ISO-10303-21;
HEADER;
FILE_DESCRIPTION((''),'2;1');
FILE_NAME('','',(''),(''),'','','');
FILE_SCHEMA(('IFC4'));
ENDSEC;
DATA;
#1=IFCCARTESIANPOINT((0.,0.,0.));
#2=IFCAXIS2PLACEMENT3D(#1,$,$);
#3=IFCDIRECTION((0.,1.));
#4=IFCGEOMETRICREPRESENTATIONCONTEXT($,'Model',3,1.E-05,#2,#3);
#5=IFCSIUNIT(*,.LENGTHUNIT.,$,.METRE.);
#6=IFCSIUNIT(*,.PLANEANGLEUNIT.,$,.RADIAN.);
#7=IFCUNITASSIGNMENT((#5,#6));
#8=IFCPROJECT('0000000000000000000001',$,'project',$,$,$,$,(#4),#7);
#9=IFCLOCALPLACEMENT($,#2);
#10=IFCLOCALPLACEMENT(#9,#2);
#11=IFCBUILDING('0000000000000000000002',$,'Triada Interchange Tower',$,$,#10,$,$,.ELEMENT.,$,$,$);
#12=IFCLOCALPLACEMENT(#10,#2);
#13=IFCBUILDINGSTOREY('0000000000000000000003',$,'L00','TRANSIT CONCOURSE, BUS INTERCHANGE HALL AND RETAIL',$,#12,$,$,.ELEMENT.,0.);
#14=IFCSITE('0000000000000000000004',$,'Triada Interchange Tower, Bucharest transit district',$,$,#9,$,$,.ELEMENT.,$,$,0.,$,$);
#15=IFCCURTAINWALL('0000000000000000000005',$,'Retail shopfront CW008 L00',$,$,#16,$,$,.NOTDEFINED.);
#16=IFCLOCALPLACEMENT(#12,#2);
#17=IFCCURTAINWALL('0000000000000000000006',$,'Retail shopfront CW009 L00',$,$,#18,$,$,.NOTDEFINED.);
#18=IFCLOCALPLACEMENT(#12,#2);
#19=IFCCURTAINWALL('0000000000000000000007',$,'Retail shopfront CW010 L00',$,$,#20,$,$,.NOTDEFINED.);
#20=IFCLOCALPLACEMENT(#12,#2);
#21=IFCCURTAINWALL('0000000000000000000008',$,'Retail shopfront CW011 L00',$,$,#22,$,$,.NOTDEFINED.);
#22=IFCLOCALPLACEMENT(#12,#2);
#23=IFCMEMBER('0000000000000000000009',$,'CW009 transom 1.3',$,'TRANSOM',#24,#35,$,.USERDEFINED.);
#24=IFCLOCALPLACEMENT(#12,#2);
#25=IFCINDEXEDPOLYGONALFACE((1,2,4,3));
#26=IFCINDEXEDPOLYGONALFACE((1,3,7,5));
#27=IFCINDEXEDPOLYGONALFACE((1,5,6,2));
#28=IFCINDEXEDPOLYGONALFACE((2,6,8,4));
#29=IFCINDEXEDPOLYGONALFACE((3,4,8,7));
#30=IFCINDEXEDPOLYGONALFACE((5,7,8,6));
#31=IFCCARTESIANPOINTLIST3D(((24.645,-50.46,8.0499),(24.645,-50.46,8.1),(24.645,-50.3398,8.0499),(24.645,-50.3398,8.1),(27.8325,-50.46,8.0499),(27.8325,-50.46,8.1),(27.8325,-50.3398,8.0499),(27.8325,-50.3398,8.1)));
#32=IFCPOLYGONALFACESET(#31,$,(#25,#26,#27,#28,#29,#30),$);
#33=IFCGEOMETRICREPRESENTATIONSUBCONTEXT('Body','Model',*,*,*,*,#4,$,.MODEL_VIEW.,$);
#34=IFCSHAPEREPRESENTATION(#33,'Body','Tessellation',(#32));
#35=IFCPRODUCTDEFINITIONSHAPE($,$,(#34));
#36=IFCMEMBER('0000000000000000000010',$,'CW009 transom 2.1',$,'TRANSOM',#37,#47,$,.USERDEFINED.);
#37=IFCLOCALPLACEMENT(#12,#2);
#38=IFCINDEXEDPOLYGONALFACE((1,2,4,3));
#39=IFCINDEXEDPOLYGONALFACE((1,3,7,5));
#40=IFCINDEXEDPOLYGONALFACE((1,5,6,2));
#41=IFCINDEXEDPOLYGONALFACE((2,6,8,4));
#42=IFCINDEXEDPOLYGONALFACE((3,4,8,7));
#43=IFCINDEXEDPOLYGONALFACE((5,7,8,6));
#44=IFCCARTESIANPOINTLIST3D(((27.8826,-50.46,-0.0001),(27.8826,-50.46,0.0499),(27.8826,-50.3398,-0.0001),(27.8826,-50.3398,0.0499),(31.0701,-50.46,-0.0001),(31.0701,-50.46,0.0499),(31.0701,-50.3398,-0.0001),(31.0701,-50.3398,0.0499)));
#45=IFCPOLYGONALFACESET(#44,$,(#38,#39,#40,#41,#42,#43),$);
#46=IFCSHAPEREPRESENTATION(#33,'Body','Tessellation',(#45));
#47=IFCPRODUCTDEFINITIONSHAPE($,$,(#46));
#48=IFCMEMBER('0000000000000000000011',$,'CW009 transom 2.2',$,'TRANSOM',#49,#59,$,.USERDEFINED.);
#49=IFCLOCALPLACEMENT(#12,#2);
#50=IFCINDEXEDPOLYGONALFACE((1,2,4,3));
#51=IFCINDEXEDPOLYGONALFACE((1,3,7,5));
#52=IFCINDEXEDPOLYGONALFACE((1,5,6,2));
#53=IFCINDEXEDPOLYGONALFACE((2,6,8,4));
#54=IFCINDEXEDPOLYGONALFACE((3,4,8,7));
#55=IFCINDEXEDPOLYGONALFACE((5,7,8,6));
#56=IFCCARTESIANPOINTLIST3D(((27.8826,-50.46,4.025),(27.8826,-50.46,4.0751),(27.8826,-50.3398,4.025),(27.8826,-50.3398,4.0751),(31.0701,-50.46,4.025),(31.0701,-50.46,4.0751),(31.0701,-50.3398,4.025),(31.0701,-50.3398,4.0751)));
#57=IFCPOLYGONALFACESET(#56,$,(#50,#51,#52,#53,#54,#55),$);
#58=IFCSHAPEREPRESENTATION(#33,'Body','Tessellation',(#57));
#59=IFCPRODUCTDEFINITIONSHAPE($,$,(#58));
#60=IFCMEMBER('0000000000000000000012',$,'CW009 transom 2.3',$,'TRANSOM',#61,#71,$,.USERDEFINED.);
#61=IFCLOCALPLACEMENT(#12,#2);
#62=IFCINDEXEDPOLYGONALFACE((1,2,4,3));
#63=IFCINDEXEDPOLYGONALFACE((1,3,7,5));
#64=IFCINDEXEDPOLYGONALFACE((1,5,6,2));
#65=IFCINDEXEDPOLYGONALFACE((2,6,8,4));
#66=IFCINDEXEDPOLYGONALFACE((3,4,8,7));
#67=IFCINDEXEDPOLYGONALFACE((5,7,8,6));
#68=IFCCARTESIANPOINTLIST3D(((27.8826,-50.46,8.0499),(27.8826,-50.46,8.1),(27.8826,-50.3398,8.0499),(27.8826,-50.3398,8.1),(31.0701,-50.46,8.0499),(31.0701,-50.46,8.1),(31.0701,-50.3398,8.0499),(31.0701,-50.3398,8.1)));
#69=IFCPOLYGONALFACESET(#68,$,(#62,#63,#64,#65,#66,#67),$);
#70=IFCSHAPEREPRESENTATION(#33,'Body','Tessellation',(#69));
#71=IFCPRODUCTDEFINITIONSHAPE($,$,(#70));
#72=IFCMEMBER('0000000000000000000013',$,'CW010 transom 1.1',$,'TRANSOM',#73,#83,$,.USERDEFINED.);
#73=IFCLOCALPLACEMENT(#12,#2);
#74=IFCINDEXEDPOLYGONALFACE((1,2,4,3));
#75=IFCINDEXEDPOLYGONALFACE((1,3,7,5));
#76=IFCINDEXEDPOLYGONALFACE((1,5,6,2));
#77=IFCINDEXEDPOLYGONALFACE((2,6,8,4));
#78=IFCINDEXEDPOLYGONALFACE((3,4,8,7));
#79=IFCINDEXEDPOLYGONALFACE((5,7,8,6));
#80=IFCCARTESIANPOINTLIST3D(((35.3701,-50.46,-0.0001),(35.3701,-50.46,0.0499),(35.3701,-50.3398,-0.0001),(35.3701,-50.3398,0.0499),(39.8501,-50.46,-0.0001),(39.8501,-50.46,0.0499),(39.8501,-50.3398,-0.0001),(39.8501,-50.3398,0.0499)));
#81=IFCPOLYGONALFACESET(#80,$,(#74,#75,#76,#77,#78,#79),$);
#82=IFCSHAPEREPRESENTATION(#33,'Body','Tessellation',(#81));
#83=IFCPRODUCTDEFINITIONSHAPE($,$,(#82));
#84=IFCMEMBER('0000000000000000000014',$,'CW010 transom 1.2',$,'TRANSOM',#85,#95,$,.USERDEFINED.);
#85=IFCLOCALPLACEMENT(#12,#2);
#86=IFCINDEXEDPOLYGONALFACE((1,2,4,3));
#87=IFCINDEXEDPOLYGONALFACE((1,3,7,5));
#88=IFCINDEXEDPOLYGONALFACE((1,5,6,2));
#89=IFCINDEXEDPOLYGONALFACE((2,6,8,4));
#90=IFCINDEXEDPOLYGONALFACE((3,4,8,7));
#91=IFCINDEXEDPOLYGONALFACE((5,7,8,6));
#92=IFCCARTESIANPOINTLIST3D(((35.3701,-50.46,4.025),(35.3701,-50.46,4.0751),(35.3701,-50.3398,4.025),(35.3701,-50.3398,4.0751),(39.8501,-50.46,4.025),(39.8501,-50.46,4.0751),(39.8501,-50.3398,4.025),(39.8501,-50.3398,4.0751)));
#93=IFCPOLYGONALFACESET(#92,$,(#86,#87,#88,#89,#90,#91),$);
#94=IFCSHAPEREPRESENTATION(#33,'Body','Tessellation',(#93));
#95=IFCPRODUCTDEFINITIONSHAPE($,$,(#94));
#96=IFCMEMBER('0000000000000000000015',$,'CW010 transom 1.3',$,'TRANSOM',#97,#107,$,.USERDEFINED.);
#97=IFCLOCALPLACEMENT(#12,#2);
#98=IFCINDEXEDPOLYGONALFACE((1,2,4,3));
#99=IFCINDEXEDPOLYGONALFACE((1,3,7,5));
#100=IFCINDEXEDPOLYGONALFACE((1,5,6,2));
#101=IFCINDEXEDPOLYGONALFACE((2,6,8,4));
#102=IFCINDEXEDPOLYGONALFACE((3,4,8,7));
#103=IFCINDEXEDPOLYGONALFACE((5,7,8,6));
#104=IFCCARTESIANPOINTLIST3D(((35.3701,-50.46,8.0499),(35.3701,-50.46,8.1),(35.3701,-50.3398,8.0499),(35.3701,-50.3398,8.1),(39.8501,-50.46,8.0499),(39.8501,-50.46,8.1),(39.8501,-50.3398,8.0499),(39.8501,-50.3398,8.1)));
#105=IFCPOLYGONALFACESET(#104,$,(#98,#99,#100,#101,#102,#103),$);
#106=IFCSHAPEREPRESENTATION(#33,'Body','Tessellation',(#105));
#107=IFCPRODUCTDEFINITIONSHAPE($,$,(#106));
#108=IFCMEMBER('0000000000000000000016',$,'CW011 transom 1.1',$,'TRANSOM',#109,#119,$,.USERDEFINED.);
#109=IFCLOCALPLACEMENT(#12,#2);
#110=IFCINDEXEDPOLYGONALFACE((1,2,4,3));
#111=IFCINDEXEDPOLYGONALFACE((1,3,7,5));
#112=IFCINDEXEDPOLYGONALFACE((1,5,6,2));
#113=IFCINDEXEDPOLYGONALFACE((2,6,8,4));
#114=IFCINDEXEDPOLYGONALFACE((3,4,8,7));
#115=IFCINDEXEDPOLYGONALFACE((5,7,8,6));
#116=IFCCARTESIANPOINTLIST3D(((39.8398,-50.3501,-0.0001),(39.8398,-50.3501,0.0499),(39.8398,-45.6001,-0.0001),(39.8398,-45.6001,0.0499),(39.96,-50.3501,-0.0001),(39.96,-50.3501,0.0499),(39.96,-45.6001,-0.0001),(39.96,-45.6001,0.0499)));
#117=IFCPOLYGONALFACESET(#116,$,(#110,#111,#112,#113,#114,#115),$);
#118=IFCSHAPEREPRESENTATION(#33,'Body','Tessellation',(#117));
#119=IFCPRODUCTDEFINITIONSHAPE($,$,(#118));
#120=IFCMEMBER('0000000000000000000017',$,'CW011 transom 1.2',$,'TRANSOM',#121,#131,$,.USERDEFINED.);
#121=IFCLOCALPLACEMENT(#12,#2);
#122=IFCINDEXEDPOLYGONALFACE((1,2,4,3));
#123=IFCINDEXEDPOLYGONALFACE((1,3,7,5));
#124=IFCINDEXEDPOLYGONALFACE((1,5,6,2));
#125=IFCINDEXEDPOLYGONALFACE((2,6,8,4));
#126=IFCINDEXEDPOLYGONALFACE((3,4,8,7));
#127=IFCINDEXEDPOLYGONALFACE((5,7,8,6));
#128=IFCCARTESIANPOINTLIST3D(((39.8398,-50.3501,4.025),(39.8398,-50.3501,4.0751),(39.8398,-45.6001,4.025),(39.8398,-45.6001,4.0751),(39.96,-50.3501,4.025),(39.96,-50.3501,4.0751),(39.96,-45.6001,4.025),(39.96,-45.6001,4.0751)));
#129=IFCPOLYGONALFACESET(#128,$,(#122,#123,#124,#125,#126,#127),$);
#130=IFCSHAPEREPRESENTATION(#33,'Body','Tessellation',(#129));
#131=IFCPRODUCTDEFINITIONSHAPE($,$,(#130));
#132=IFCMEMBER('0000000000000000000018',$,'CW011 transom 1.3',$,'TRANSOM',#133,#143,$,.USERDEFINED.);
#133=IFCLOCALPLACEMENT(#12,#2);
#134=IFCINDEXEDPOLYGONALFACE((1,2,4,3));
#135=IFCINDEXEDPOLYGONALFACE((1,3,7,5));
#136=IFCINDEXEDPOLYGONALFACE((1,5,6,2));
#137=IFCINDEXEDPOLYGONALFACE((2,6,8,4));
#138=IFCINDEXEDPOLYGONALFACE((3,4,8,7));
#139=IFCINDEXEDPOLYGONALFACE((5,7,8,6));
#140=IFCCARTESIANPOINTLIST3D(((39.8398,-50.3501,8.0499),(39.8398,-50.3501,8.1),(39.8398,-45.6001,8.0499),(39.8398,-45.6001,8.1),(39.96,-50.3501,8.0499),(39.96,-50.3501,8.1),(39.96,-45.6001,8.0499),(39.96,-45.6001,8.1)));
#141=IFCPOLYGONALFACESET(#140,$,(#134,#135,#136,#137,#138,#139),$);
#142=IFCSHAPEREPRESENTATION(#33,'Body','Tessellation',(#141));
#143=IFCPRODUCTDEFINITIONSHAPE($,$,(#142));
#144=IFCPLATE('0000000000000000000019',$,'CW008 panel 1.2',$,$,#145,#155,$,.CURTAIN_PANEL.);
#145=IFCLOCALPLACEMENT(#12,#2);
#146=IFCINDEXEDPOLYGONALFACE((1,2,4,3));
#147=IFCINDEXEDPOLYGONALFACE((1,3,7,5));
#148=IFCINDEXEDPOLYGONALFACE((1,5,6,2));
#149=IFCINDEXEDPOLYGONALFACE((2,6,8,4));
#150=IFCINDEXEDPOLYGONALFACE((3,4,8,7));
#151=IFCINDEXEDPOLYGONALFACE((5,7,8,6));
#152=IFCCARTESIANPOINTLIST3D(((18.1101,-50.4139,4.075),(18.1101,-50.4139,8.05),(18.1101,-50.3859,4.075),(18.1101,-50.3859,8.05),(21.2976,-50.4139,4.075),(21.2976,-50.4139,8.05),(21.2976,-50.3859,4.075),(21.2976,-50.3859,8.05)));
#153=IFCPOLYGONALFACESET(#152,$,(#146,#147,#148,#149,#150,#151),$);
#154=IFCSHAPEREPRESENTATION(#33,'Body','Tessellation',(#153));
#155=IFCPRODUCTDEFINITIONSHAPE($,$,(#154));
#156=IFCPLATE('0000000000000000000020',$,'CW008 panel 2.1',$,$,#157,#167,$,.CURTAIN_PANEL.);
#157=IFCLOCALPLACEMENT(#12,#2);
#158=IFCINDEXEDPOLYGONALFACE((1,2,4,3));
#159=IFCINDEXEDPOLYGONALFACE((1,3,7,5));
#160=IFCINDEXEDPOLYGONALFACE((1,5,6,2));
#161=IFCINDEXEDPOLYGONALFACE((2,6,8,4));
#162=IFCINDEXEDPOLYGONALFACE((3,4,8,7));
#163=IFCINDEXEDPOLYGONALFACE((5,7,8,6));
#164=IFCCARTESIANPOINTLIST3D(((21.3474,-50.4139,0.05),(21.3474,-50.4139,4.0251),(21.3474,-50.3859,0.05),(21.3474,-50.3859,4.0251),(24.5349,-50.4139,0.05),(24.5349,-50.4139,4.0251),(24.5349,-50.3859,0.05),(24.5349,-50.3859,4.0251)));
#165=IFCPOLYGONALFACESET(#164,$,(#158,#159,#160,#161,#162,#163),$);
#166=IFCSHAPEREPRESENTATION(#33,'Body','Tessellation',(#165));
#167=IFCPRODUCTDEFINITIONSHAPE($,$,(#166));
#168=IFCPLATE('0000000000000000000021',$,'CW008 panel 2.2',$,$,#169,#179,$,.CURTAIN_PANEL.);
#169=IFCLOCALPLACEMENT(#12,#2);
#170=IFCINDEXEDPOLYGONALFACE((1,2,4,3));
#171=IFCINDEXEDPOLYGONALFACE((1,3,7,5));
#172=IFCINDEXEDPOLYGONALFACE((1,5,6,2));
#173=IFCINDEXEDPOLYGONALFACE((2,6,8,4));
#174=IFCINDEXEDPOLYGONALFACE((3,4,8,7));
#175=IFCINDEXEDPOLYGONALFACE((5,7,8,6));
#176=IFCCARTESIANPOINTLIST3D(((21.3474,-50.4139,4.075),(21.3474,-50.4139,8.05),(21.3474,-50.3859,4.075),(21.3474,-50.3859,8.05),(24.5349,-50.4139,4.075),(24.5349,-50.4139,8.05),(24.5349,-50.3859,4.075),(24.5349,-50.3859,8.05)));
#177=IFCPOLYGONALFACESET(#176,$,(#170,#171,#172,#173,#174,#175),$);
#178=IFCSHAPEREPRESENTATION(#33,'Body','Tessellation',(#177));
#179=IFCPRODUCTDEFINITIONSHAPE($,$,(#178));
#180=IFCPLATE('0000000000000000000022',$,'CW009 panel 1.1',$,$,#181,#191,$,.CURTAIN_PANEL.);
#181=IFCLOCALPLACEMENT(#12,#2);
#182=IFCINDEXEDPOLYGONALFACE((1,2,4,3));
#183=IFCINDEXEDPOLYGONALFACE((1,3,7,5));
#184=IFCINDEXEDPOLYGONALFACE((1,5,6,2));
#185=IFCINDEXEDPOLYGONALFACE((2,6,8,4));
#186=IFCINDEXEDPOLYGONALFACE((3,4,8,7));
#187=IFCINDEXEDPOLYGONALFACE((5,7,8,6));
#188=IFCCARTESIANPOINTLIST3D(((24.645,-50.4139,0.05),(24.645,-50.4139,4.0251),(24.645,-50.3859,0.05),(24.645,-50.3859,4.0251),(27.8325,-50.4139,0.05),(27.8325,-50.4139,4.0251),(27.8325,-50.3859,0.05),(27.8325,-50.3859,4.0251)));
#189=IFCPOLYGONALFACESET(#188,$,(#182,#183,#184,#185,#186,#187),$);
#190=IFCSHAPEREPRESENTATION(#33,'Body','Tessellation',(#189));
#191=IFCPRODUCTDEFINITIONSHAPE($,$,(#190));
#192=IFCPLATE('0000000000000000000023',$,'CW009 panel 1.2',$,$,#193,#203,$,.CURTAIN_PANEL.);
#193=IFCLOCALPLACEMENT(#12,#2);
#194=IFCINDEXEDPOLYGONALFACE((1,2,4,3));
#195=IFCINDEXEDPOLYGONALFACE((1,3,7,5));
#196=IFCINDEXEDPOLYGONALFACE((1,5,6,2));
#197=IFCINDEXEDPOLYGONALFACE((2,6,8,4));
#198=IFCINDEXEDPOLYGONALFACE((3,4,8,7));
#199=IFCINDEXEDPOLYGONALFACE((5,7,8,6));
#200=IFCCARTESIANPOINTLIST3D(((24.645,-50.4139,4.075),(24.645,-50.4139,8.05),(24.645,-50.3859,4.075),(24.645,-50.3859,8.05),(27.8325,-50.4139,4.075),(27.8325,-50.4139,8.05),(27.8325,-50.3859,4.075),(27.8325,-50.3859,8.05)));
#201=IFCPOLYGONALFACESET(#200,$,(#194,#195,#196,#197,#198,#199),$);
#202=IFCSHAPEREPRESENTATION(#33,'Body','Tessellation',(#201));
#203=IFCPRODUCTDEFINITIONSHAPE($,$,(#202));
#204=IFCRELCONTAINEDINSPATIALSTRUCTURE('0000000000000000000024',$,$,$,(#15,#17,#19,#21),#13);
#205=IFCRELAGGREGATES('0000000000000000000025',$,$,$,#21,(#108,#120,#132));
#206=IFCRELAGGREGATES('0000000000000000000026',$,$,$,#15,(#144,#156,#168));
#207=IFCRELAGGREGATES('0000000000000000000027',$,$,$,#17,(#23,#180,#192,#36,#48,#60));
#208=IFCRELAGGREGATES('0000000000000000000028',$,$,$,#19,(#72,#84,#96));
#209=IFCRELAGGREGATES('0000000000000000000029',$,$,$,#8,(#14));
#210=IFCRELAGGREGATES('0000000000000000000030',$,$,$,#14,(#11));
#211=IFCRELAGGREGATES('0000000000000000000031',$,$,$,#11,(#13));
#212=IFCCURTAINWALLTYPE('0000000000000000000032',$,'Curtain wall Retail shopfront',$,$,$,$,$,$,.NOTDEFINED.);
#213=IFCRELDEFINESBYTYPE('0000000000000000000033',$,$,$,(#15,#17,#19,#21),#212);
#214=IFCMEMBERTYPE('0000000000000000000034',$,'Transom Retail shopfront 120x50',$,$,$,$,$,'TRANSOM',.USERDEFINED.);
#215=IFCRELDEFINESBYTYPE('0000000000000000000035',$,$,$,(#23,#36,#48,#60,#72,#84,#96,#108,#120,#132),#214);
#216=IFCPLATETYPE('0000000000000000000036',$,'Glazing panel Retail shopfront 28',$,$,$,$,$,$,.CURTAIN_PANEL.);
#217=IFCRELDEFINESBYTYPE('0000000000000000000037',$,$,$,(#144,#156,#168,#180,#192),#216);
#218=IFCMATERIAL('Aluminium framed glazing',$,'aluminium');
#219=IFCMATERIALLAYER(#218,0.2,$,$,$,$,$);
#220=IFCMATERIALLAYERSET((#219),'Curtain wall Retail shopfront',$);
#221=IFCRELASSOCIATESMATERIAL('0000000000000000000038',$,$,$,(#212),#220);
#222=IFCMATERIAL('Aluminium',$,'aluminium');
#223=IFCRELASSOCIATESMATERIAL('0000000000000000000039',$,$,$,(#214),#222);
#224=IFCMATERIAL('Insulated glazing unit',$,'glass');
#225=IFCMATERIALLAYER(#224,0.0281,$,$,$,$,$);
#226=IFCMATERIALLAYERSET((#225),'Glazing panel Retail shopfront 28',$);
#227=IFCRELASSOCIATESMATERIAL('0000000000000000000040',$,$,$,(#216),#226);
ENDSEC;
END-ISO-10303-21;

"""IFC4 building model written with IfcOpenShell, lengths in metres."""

from ifc_helpers import new_model, si_unit, direction, frame, origin, origin_2d, place, context, subcontext, project, spatial, rectangle, extrude, material, layer, layer_set, material_profile, profile_set, type_object, element, aggregate, save


model = new_model("IFC4")

# Units and contexts
model_context = context("Model", 3, precision=1e-05, world=origin(), true_north=direction((0.0, 1.0)))
body_context = subcontext(model_context, "Body", "Model", "MODEL_VIEW")
ifc_project = project(units=[si_unit("LENGTHUNIT", "METRE"), si_unit("PLANEANGLEUNIT", "RADIAN")], contexts=[model_context])

# Site, building, storey
site_placement = place(None, origin())
site = spatial("IfcSite", under=ifc_project, at=site_placement, Name="Triada Interchange Tower, Bucharest transit district", CompositionType="ELEMENT", RefElevation=0.0)
building_placement = place(site_placement, origin())
building = spatial("IfcBuilding", under=site, at=building_placement, Name="Triada Interchange Tower", CompositionType="ELEMENT")
storey_placement = place(building_placement, origin())
storey = spatial("IfcBuildingStorey", under=building, at=storey_placement, Name="L00", Description="TRANSIT CONCOURSE, BUS INTERCHANGE HALL AND RETAIL", CompositionType="ELEMENT", Elevation=0.0)

# Curtain walls
ifc_material_1 = material(Name="Aluminium framed glazing", Category="aluminium")
ifc_layer_1 = layer(ifc_material_1, 0.2)
ifc_layer_set_1 = layer_set([ifc_layer_1], Name="Curtain wall Retail shopfront")
curtain_wall_type = type_object("IfcCurtainWallType", Name="Curtain wall Retail shopfront", PredefinedType="NOTDEFINED", material=ifc_layer_set_1)
curtain_wall_1_placement = place(storey_placement, origin())
curtain_wall_1 = element("IfcCurtainWall", 1, at=curtain_wall_1_placement, inside=storey, type_object=curtain_wall_type, Name="Retail shopfront CW008 L00", PredefinedType="NOTDEFINED")
ifc_material_2 = material(Name="Aluminium", Category="aluminium")
curtain_wall_2_placement = place(storey_placement, origin())
curtain_wall_2 = element("IfcCurtainWall", 2, at=curtain_wall_2_placement, inside=storey, type_object=curtain_wall_type, Name="Retail shopfront CW009 L00", PredefinedType="NOTDEFINED")
curtain_wall_3_placement = place(storey_placement, origin())
curtain_wall_3 = element("IfcCurtainWall", 3, at=curtain_wall_3_placement, inside=storey, type_object=curtain_wall_type, Name="Retail shopfront CW010 L00", PredefinedType="NOTDEFINED")

# Curtain wall
curtain_wall_4_placement = place(storey_placement, origin())
curtain_wall_4 = element("IfcCurtainWall", 4, at=curtain_wall_4_placement, inside=storey, type_object=curtain_wall_type, Name="Retail shopfront CW011 L00", PredefinedType="NOTDEFINED")

# Members
ifc_material_profile_1 = material_profile(ifc_material_2, rectangle(XDim=0.1201, YDim=0.05, at=origin_2d()), Name="Aluminium transom")
ifc_profile_set_1 = profile_set([ifc_material_profile_1], Name="Aluminium")
member_type_1 = type_object("IfcMemberType", Name="Transom Retail shopfront 120x50", ElementType="TRANSOM", PredefinedType="USERDEFINED", material=ifc_profile_set_1)
member_1_placement = place(storey_placement, frame((24.645, -50.3999, 8.075), z_axis=(1.0, 0.0, 0.0), x_axis=(0.0, 1.0, 0.0)))
member_1 = element("IfcMember", 5, at=member_1_placement, type_object=member_type_1, Name="CW009 transom 1.3", ObjectType="TRANSOM", PredefinedType="USERDEFINED", context=body_context, shape_type="SweptSolid", body=[
    extrude(rectangle(XDim=0.1201, YDim=0.05, at=origin_2d()), origin(), (0.0, 0.0, 1.0), 3.1875),
])
member_2_placement = place(storey_placement, frame((27.8826, -50.3999, 0.0249), z_axis=(1.0, 0.0, 0.0), x_axis=(0.0, 1.0, 0.0)))
member_2 = element("IfcMember", 6, at=member_2_placement, type_object=member_type_1, Name="CW009 transom 2.1", ObjectType="TRANSOM", PredefinedType="USERDEFINED", context=body_context, shape_type="SweptSolid", body=[
    extrude(rectangle(XDim=0.1201, YDim=0.05, at=origin_2d()), origin(), (0.0, 0.0, 1.0), 3.1875),
])
member_3_placement = place(storey_placement, frame((27.8826, -50.3999, 4.05), z_axis=(1.0, 0.0, 0.0), x_axis=(0.0, 1.0, 0.0)))
member_3 = element("IfcMember", 7, at=member_3_placement, type_object=member_type_1, Name="CW009 transom 2.2", ObjectType="TRANSOM", PredefinedType="USERDEFINED", context=body_context, shape_type="SweptSolid", body=[
    extrude(rectangle(XDim=0.1201, YDim=0.05, at=origin_2d()), origin(), (0.0, 0.0, 1.0), 3.1875),
])
member_4_placement = place(storey_placement, frame((27.8826, -50.3999, 8.075), z_axis=(1.0, 0.0, 0.0), x_axis=(0.0, 1.0, 0.0)))
member_4 = element("IfcMember", 8, at=member_4_placement, type_object=member_type_1, Name="CW009 transom 2.3", ObjectType="TRANSOM", PredefinedType="USERDEFINED", context=body_context, shape_type="SweptSolid", body=[
    extrude(rectangle(XDim=0.1201, YDim=0.05, at=origin_2d()), origin(), (0.0, 0.0, 1.0), 3.1875),
])
member_5_placement = place(storey_placement, frame((35.3701, -50.3999, 0.0249), z_axis=(1.0, 0.0, 0.0), x_axis=(0.0, 1.0, 0.0)))
member_5 = element("IfcMember", 9, at=member_5_placement, type_object=member_type_1, Name="CW010 transom 1.1", ObjectType="TRANSOM", PredefinedType="USERDEFINED", context=body_context, shape_type="SweptSolid", body=[
    extrude(rectangle(XDim=0.1201, YDim=0.05, at=origin_2d()), origin(), (0.0, 0.0, 1.0), 4.48),
])
member_6_placement = place(storey_placement, frame((35.3701, -50.3999, 4.05), z_axis=(1.0, 0.0, 0.0), x_axis=(0.0, 1.0, 0.0)))
member_6 = element("IfcMember", 10, at=member_6_placement, type_object=member_type_1, Name="CW010 transom 1.2", ObjectType="TRANSOM", PredefinedType="USERDEFINED", context=body_context, shape_type="SweptSolid", body=[
    extrude(rectangle(XDim=0.1201, YDim=0.05, at=origin_2d()), origin(), (0.0, 0.0, 1.0), 4.48),
])
member_7_placement = place(storey_placement, frame((35.3701, -50.3999, 8.075), z_axis=(1.0, 0.0, 0.0), x_axis=(0.0, 1.0, 0.0)))
member_7 = element("IfcMember", 11, at=member_7_placement, type_object=member_type_1, Name="CW010 transom 1.3", ObjectType="TRANSOM", PredefinedType="USERDEFINED", context=body_context, shape_type="SweptSolid", body=[
    extrude(rectangle(XDim=0.1201, YDim=0.05, at=origin_2d()), origin(), (0.0, 0.0, 1.0), 4.48),
])
member_8_placement = place(storey_placement, frame((39.8999, -50.3501, 0.0249), z_axis=(0.0, 1.0, 0.0), x_axis=(-1.0, 0.0, 0.0)))
member_8 = element("IfcMember", 12, at=member_8_placement, type_object=member_type_1, Name="CW011 transom 1.1", ObjectType="TRANSOM", PredefinedType="USERDEFINED", context=body_context, shape_type="SweptSolid", body=[
    extrude(rectangle(XDim=0.1201, YDim=0.05, at=origin_2d()), origin(), (0.0, 0.0, 1.0), 4.75),
])
member_9_placement = place(storey_placement, frame((39.8999, -50.3501, 4.05), z_axis=(0.0, 1.0, 0.0), x_axis=(-1.0, 0.0, 0.0)))
member_9 = element("IfcMember", 13, at=member_9_placement, type_object=member_type_1, Name="CW011 transom 1.2", ObjectType="TRANSOM", PredefinedType="USERDEFINED", context=body_context, shape_type="SweptSolid", body=[
    extrude(rectangle(XDim=0.1201, YDim=0.05, at=origin_2d()), origin(), (0.0, 0.0, 1.0), 4.75),
])
member_10_placement = place(storey_placement, frame((39.8999, -50.3501, 8.075), z_axis=(0.0, 1.0, 0.0), x_axis=(-1.0, 0.0, 0.0)))
member_10 = element("IfcMember", 14, at=member_10_placement, type_object=member_type_1, Name="CW011 transom 1.3", ObjectType="TRANSOM", PredefinedType="USERDEFINED", context=body_context, shape_type="SweptSolid", body=[
    extrude(rectangle(XDim=0.1201, YDim=0.05, at=origin_2d()), origin(), (0.0, 0.0, 1.0), 4.75),
])
aggregate(curtain_wall_4, [member_8, member_9, member_10])

# Plates
ifc_material_3 = material(Name="Insulated glazing unit", Category="glass")
ifc_layer_2 = layer(ifc_material_3, 0.0281)
ifc_layer_set_2 = layer_set([ifc_layer_2], Name="Glazing panel Retail shopfront 28")
plate_type = type_object("IfcPlateType", Name="Glazing panel Retail shopfront 28", PredefinedType="CURTAIN_PANEL", material=ifc_layer_set_2)
plate_1_placement = place(storey_placement, frame((19.7039, -50.3999, 4.075), z_axis=(0.0, 0.0, 1.0), x_axis=(1.0, 0.0, 0.0)))
plate_1 = element("IfcPlate", 15, at=plate_1_placement, type_object=plate_type, Name="CW008 panel 1.2", PredefinedType="CURTAIN_PANEL", context=body_context, shape_type="SweptSolid", body=[
    extrude(rectangle(XDim=3.1875, YDim=0.0281, at=origin_2d()), origin(), (0.0, 0.0, 1.0), 3.9751),
])
plate_2_placement = place(storey_placement, frame((22.9412, -50.3999, 0.05), z_axis=(0.0, 0.0, 1.0), x_axis=(1.0, 0.0, 0.0)))
plate_2 = element("IfcPlate", 16, at=plate_2_placement, type_object=plate_type, Name="CW008 panel 2.1", PredefinedType="CURTAIN_PANEL", context=body_context, shape_type="SweptSolid", body=[
    extrude(rectangle(XDim=3.1875, YDim=0.0281, at=origin_2d()), origin(), (0.0, 0.0, 1.0), 3.9751),
])
plate_3_placement = place(storey_placement, frame((22.9412, -50.3999, 4.075), z_axis=(0.0, 0.0, 1.0), x_axis=(1.0, 0.0, 0.0)))
plate_3 = element("IfcPlate", 17, at=plate_3_placement, type_object=plate_type, Name="CW008 panel 2.2", PredefinedType="CURTAIN_PANEL", context=body_context, shape_type="SweptSolid", body=[
    extrude(rectangle(XDim=3.1875, YDim=0.0281, at=origin_2d()), origin(), (0.0, 0.0, 1.0), 3.9751),
])
aggregate(curtain_wall_1, [plate_1, plate_2, plate_3])
plate_4_placement = place(storey_placement, frame((26.2388, -50.3999, 0.05), z_axis=(0.0, 0.0, 1.0), x_axis=(1.0, 0.0, 0.0)))
plate_4 = element("IfcPlate", 18, at=plate_4_placement, type_object=plate_type, Name="CW009 panel 1.1", PredefinedType="CURTAIN_PANEL", context=body_context, shape_type="SweptSolid", body=[
    extrude(rectangle(XDim=3.1875, YDim=0.0281, at=origin_2d()), origin(), (0.0, 0.0, 1.0), 3.9751),
])
plate_5_placement = place(storey_placement, frame((26.2388, -50.3999, 4.075), z_axis=(0.0, 0.0, 1.0), x_axis=(1.0, 0.0, 0.0)))
plate_5 = element("IfcPlate", 19, at=plate_5_placement, type_object=plate_type, Name="CW009 panel 1.2", PredefinedType="CURTAIN_PANEL", context=body_context, shape_type="SweptSolid", body=[
    extrude(rectangle(XDim=3.1875, YDim=0.0281, at=origin_2d()), origin(), (0.0, 0.0, 1.0), 3.9751),
])
aggregate(curtain_wall_2, [member_1, plate_4, plate_5, member_2, member_3, member_4])
aggregate(curtain_wall_3, [member_5, member_6, member_7])

save(model, "model.ifc")
